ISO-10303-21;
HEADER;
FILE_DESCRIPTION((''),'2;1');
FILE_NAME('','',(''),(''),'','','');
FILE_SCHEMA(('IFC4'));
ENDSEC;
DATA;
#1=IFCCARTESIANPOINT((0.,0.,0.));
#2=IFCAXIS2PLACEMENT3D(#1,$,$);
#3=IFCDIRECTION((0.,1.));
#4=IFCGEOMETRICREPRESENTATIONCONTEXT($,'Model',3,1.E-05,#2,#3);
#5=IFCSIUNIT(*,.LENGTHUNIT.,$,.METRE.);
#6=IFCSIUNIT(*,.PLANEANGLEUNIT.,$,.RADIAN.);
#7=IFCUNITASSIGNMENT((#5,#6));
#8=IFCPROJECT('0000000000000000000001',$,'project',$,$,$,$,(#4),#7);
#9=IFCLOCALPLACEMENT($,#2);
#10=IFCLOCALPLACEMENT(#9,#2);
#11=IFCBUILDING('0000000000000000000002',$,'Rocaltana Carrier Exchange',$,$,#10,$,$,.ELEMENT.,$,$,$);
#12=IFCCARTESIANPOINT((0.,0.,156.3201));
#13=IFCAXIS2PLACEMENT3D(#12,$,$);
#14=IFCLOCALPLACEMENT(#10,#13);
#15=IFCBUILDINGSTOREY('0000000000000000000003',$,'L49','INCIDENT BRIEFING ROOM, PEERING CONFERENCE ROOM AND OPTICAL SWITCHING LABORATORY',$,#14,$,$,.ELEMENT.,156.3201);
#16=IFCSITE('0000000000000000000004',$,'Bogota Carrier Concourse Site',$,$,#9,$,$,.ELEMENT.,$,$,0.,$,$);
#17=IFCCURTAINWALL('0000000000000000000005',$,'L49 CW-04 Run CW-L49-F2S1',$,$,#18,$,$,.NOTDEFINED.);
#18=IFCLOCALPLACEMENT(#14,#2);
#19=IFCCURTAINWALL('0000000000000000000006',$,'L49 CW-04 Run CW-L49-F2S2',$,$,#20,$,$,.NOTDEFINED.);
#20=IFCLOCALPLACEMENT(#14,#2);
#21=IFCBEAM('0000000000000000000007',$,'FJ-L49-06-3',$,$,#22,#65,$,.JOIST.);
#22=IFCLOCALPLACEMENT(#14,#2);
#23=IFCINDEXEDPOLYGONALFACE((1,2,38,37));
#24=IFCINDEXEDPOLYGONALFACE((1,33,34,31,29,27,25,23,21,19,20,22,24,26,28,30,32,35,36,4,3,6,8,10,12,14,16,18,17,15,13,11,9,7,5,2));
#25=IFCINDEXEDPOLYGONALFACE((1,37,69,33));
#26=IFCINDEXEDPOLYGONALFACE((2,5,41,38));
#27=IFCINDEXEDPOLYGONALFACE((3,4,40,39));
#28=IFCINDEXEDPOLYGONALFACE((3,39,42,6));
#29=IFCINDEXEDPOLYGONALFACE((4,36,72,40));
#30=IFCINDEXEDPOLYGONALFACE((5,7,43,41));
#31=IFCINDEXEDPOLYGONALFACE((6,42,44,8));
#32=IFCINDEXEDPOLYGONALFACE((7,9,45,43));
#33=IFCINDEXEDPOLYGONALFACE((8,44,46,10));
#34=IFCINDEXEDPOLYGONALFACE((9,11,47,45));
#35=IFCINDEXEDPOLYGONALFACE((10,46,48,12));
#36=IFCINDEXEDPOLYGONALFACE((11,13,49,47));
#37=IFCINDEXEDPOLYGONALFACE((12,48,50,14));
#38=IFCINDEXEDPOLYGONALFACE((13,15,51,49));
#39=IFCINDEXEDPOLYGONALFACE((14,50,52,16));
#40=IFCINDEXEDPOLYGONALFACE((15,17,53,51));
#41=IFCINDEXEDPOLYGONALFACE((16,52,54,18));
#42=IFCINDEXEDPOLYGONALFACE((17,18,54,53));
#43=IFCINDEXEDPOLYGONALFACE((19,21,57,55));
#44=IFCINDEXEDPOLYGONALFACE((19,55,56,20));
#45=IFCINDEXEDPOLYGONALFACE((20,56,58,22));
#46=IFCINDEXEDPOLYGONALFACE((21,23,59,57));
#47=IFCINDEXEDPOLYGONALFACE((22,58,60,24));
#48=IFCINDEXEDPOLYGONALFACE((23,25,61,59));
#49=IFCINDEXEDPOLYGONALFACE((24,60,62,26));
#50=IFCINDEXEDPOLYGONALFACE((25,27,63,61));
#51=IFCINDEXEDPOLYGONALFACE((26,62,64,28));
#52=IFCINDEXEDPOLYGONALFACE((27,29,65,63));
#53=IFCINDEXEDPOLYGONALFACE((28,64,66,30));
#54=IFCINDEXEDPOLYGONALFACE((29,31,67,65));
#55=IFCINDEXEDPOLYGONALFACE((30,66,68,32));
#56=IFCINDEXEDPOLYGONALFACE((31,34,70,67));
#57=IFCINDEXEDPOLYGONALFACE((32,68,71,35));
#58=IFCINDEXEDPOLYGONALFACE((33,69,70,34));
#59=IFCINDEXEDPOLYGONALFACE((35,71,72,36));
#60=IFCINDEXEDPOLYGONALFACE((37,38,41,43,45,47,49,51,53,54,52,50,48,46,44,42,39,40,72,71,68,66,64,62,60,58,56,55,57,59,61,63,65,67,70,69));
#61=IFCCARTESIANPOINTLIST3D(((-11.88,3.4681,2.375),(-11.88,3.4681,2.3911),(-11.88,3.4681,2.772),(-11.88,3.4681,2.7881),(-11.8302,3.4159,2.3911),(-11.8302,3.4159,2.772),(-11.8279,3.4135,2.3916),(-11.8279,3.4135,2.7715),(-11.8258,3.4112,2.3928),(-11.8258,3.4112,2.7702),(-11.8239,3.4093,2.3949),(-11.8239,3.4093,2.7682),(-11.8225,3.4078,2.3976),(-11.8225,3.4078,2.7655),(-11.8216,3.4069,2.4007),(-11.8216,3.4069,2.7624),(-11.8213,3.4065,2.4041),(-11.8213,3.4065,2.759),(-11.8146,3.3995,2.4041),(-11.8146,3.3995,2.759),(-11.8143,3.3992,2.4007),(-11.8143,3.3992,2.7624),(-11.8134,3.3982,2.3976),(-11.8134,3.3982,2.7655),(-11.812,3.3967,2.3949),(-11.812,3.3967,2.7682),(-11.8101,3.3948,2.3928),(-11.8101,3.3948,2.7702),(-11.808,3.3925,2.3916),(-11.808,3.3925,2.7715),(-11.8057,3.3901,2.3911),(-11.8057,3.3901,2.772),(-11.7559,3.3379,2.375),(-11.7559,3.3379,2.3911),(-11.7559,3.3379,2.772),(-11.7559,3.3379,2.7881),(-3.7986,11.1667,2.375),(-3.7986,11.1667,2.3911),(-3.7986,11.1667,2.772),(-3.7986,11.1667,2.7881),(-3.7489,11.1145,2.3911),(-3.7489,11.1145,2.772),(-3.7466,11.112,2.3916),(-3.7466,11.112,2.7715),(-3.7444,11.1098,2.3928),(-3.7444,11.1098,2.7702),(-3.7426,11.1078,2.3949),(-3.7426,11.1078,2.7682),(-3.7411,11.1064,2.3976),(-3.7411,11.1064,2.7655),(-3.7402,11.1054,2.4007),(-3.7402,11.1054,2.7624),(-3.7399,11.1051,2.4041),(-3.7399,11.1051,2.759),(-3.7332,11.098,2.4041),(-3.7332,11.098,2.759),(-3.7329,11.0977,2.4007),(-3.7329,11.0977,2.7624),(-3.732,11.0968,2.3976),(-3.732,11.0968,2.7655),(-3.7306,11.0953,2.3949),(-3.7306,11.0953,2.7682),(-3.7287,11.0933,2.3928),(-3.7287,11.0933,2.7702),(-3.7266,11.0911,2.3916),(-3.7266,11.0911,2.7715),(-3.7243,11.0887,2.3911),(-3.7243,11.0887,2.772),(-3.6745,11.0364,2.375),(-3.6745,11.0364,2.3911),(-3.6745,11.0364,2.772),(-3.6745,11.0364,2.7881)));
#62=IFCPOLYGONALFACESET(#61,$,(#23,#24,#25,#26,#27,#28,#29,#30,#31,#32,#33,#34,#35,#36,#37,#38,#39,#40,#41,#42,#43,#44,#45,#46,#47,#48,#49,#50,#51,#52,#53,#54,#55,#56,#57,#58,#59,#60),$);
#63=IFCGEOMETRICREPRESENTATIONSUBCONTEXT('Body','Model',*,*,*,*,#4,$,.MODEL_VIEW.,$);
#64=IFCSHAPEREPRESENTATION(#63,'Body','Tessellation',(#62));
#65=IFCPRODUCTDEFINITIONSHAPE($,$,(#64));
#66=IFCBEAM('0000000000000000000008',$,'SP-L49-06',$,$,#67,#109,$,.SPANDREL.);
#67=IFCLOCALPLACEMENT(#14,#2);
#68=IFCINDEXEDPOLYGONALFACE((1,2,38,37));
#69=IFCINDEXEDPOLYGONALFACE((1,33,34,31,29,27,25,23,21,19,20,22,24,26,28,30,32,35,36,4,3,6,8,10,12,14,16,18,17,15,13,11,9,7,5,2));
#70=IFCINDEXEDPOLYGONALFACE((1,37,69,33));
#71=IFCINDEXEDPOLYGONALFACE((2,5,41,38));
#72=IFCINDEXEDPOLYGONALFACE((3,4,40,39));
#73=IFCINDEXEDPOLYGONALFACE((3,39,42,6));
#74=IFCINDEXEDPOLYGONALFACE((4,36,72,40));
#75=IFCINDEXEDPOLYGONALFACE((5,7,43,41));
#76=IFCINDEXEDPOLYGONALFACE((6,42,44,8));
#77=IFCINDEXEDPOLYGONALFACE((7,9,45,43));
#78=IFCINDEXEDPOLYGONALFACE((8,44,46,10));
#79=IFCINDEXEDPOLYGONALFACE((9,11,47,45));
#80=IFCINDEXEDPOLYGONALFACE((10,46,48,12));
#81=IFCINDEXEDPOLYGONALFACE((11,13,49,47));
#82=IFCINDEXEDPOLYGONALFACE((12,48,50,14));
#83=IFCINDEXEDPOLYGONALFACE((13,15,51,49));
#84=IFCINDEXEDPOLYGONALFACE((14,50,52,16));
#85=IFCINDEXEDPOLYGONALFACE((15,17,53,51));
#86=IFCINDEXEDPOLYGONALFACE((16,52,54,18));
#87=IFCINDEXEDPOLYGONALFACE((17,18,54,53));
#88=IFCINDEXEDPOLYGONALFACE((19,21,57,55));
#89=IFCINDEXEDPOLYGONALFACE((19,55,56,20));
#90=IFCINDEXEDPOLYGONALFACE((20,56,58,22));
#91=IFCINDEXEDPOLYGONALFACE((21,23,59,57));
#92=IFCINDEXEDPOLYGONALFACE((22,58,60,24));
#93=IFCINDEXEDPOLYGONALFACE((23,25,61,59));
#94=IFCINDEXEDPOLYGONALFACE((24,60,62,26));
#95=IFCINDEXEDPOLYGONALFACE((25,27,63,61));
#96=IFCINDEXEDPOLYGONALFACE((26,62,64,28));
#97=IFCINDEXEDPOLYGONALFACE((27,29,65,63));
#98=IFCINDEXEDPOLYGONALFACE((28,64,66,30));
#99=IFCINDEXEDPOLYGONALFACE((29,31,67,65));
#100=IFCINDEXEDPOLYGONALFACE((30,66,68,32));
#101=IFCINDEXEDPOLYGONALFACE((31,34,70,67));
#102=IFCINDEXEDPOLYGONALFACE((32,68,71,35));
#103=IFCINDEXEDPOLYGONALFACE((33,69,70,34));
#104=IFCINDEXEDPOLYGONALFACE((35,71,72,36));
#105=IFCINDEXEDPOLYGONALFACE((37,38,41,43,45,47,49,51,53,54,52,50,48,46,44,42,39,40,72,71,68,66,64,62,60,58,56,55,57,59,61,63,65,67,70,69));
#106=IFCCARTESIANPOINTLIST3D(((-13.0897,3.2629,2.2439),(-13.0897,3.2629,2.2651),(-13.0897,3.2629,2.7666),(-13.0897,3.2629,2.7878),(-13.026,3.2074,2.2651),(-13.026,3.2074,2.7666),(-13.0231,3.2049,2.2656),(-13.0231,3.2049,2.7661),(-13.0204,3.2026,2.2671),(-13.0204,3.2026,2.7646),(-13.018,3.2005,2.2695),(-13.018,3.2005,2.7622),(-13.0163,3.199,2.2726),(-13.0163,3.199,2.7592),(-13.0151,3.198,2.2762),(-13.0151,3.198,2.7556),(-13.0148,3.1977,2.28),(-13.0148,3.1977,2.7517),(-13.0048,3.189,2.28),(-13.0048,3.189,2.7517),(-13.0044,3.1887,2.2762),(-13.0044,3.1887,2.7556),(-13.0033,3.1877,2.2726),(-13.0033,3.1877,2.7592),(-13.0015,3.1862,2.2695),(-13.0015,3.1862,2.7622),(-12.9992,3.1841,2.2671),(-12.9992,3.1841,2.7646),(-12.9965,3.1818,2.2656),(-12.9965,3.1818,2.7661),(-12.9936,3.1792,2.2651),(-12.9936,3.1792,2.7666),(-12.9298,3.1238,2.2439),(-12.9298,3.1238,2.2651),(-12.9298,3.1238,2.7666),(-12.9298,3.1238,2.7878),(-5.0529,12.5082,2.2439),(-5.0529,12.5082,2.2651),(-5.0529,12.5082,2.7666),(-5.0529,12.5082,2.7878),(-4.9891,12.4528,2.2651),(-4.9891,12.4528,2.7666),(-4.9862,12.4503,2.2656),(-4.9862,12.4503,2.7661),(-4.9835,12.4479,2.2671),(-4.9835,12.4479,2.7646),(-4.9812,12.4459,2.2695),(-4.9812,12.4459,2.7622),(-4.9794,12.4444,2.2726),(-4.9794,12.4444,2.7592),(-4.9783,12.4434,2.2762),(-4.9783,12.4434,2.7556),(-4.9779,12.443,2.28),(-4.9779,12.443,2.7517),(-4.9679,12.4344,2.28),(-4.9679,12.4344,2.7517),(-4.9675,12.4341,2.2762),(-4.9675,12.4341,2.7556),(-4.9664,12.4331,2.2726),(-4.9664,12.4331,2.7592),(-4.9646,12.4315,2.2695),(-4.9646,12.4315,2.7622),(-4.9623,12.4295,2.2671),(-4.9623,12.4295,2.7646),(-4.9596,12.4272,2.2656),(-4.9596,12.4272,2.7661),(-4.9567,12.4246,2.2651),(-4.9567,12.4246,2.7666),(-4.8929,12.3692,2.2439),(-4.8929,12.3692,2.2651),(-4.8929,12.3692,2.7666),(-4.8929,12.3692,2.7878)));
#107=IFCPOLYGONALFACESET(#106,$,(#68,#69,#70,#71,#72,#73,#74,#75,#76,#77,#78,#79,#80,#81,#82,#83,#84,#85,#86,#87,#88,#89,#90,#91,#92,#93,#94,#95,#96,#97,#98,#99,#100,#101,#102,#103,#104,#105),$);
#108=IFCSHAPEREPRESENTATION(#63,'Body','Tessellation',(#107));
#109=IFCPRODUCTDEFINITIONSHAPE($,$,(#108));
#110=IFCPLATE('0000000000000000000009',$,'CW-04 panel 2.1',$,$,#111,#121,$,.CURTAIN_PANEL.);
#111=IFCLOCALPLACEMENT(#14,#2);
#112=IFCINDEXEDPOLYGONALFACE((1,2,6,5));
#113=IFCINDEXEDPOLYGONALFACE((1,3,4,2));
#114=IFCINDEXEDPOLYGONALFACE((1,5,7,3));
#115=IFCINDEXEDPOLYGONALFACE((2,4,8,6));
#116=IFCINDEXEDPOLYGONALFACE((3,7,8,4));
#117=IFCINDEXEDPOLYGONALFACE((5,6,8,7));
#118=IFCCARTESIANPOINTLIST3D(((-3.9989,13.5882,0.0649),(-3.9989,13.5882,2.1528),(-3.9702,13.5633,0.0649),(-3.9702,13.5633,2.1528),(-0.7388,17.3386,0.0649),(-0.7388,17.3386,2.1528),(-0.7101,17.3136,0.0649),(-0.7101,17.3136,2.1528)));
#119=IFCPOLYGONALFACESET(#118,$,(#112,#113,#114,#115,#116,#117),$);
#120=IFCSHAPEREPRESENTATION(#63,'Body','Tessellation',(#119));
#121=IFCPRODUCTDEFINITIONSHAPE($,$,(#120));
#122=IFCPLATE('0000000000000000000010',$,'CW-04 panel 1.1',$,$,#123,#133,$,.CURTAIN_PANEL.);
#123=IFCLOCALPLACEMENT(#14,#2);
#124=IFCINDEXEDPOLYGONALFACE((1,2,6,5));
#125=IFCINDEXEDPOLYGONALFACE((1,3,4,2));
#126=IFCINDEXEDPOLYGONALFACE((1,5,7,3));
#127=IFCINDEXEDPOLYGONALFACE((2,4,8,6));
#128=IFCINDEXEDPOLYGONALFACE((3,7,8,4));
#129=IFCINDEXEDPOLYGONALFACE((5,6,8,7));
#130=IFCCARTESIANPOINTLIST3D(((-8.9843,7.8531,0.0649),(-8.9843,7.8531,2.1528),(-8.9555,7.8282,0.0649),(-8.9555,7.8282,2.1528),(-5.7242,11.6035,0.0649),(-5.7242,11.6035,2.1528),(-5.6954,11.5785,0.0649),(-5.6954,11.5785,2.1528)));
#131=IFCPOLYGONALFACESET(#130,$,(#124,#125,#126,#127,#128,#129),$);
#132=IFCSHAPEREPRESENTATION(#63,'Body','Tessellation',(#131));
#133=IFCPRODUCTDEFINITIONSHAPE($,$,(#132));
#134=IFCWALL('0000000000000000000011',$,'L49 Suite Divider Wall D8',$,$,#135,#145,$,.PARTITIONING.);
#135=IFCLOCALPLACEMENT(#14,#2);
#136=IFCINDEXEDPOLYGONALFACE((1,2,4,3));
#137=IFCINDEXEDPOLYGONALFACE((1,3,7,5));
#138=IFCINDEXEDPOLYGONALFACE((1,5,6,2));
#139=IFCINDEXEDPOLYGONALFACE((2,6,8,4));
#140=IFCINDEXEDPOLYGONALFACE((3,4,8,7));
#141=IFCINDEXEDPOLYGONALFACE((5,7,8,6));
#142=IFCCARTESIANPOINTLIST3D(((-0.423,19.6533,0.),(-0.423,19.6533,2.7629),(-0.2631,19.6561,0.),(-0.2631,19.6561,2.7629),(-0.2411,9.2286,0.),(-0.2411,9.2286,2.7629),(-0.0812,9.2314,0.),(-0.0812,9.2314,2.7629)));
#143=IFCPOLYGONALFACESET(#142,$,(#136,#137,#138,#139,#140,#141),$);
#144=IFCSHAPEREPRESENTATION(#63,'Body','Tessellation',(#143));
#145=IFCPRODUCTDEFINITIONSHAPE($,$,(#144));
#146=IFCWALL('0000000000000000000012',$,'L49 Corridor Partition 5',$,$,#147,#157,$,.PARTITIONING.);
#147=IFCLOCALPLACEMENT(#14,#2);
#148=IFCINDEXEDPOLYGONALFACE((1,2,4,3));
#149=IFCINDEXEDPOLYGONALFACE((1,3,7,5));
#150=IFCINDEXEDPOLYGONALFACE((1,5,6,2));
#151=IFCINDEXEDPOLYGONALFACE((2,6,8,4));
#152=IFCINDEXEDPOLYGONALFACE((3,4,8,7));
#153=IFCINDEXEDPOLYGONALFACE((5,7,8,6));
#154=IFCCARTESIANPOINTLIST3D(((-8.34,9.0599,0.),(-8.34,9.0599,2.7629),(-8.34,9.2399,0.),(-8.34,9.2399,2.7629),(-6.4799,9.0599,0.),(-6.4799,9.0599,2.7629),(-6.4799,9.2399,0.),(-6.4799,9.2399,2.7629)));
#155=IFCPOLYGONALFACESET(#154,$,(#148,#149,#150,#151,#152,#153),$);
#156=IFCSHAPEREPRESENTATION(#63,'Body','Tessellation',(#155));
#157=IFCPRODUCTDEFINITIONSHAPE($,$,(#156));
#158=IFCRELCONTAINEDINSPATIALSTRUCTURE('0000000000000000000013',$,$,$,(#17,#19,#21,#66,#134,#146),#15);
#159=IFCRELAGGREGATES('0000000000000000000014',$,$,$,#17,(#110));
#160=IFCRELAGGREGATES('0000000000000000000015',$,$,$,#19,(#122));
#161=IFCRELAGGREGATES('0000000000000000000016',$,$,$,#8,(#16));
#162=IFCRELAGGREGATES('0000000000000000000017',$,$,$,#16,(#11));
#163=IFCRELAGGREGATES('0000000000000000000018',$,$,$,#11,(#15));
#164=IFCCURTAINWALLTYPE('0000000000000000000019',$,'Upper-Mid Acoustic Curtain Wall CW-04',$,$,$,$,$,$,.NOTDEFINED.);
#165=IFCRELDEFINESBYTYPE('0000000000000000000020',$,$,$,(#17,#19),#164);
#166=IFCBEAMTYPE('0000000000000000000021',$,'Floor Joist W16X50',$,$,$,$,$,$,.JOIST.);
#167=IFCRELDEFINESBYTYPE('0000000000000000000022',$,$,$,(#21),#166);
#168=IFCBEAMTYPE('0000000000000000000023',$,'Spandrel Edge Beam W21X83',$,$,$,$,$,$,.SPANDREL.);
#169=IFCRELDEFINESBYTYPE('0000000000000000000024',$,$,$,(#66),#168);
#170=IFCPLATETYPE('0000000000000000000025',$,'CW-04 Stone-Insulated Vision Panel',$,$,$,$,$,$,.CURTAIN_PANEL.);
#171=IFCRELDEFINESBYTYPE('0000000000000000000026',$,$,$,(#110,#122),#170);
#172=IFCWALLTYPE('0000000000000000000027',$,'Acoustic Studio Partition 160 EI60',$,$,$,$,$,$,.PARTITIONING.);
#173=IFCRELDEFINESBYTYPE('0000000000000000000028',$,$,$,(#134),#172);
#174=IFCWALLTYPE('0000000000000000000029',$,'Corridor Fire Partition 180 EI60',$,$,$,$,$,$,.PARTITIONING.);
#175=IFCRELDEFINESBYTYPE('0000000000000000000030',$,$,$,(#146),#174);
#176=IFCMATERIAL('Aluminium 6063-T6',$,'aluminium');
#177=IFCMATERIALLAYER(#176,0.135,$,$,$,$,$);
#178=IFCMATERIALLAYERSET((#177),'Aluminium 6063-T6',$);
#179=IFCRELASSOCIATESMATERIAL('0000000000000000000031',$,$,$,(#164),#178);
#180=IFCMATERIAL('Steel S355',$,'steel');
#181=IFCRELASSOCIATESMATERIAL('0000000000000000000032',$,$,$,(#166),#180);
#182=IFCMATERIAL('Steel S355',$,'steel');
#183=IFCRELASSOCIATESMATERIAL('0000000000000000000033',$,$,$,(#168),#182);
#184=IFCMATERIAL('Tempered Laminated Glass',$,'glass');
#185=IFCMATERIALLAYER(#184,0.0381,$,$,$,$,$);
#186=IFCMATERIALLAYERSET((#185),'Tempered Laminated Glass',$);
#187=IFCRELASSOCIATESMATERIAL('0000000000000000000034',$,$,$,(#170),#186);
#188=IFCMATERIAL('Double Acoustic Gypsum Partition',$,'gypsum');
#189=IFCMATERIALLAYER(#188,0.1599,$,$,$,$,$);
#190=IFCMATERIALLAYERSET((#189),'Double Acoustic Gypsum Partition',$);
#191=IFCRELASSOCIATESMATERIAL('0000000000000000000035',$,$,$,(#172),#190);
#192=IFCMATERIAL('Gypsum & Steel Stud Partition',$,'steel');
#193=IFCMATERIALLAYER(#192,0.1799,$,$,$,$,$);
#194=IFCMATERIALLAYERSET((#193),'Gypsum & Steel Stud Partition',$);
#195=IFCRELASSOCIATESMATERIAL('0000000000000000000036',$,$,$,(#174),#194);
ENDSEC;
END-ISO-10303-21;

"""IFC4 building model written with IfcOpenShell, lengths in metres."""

from ifc_helpers import new_model, si_unit, direction, frame, frame_2d, origin, origin_2d, place, context, subcontext, project, spatial, rectangle, i_section, extrude, material, layer, layer_set, material_profile, profile_set, type_object, element, aggregate, save


model = new_model("IFC4")

# Units and contexts
model_context = context("Model", 3, precision=1e-05, world=origin(), true_north=direction((0.0, 1.0)))
body_context = subcontext(model_context, "Body", "Model", "MODEL_VIEW")
ifc_project = project(units=[si_unit("LENGTHUNIT", "METRE"), si_unit("PLANEANGLEUNIT", "RADIAN")], contexts=[model_context])

# Site, building, storey
site_placement = place(None, origin())
site = spatial("IfcSite", under=ifc_project, at=site_placement, Name="Bogota Carrier Concourse Site", CompositionType="ELEMENT", RefElevation=0.0)
building_placement = place(site_placement, origin())
building = spatial("IfcBuilding", under=site, at=building_placement, Name="Rocaltana Carrier Exchange", CompositionType="ELEMENT")
storey_placement = place(building_placement, frame((0.0, 0.0, 156.3201)))
storey = spatial("IfcBuildingStorey", under=building, at=storey_placement, Name="L49", Description="INCIDENT BRIEFING ROOM, PEERING CONFERENCE ROOM AND OPTICAL SWITCHING LABORATORY", CompositionType="ELEMENT", Elevation=156.3201)

# Curtain wall
ifc_material_1 = material(Name="Aluminium 6063-T6", Category="aluminium")
ifc_layer_1 = layer(ifc_material_1, 0.135)
ifc_layer_set_1 = layer_set([ifc_layer_1], Name="Aluminium 6063-T6")
curtain_wall_type = type_object("IfcCurtainWallType", Name="Upper-Mid Acoustic Curtain Wall CW-04", PredefinedType="NOTDEFINED", material=ifc_layer_set_1)
curtain_wall_1_placement = place(storey_placement, origin())
curtain_wall_1 = element("IfcCurtainWall", 1, at=curtain_wall_1_placement, inside=storey, type_object=curtain_wall_type, Name="L49 CW-04 Run CW-L49-F2S1", PredefinedType="NOTDEFINED")

# Curtain wall
curtain_wall_2_placement = place(storey_placement, origin())
curtain_wall_2 = element("IfcCurtainWall", 2, at=curtain_wall_2_placement, inside=storey, type_object=curtain_wall_type, Name="L49 CW-04 Run CW-L49-F2S2", PredefinedType="NOTDEFINED")

# Beams
ifc_material_2 = material(Name="Steel S355", Category="steel")
ifc_material_profile_1 = material_profile(ifc_material_2, i_section(OverallWidth=0.1799, OverallDepth=0.4131, WebThickness=0.0098, FlangeThickness=0.0161, FilletRadius=0.0129, at=origin_2d()), Name="W16X50")
ifc_profile_set_1 = profile_set([ifc_material_profile_1], Name="Steel S355")
beam_type_1 = type_object("IfcBeamType", Name="Floor Joist W16X50", PredefinedType="JOIST", material=ifc_profile_set_1)
beam_1_placement = place(storey_placement, frame((-3.7366, 11.1016, 2.5815), z_axis=(-0.724048, -0.68975, 0.0), x_axis=(0.68975, -0.724048, 0.0)))
element("IfcBeam", 3, at=beam_1_placement, inside=storey, type_object=beam_type_1, Name="FJ-L49-06-3", PredefinedType="JOIST", context=body_context, shape_type="SweptSolid", body=[
    extrude(i_section(OverallWidth=0.1799, OverallDepth=0.4131, WebThickness=0.0098, FlangeThickness=0.0161, FilletRadius=0.0129, at=origin_2d()), origin(), (0.0, 0.0, 1.0), 11.1614),
])
ifc_material_3 = material(Name="Steel S355", Category="steel")
ifc_material_profile_2 = material_profile(ifc_material_3, i_section(OverallWidth=0.2119, OverallDepth=0.5439, WebThickness=0.0132, FlangeThickness=0.0212, FilletRadius=0.0149, at=origin_2d()), Name="W21X83")
ifc_profile_set_2 = profile_set([ifc_material_profile_2], Name="Steel S355")
beam_type_2 = type_object("IfcBeamType", Name="Spandrel Edge Beam W21X83", PredefinedType="SPANDREL", material=ifc_profile_set_2)
beam_2_placement = place(storey_placement, frame((-4.9729, 12.4387, 2.5159), z_axis=(-0.656059, -0.75471, 0.0), x_axis=(0.75471, -0.656059, 0.0)))
element("IfcBeam", 4, at=beam_2_placement, inside=storey, type_object=beam_type_2, Name="SP-L49-06", PredefinedType="SPANDREL", context=body_context, shape_type="SweptSolid", body=[
    extrude(i_section(OverallWidth=0.2119, OverallDepth=0.5439, WebThickness=0.0132, FlangeThickness=0.0212, FilletRadius=0.0149, at=origin_2d()), origin(), (0.0, 0.0, 1.0), 12.2502),
])

# Plates
ifc_material_4 = material(Name="Tempered Laminated Glass", Category="glass")
ifc_layer_2 = layer(ifc_material_4, 0.0381)
ifc_layer_set_2 = layer_set([ifc_layer_2], Name="Tempered Laminated Glass")
plate_type = type_object("IfcPlateType", Name="CW-04 Stone-Insulated Vision Panel", PredefinedType="CURTAIN_PANEL", material=ifc_layer_set_2)
plate_1_placement = place(storey_placement, frame((-2.3545, 15.4509, 0.0649), z_axis=(0.0, 0.0, 1.0), x_axis=(-0.656057, -0.754712, 0.0)))
plate_1 = element("IfcPlate", 5, at=plate_1_placement, type_object=plate_type, Name="CW-04 panel 2.1", PredefinedType="CURTAIN_PANEL", context=body_context, shape_type="SweptSolid", body=[
    extrude(rectangle(XDim=4.9692, YDim=0.0381, at=origin_2d()), origin(), (0.0, 0.0, 1.0), 2.0879),
])
aggregate(curtain_wall_1, [plate_1])
plate_2_placement = place(storey_placement, frame((-7.3398, 9.7158, 0.0649), z_axis=(0.0, 0.0, 1.0), x_axis=(-0.656057, -0.754712, 0.0)))
plate_2 = element("IfcPlate", 6, at=plate_2_placement, type_object=plate_type, Name="CW-04 panel 1.1", PredefinedType="CURTAIN_PANEL", context=body_context, shape_type="SweptSolid", body=[
    extrude(rectangle(XDim=4.9692, YDim=0.0381, at=origin_2d()), origin(), (0.0, 0.0, 1.0), 2.0879),
])
aggregate(curtain_wall_2, [plate_2])

# Walls
ifc_material_5 = material(Name="Double Acoustic Gypsum Partition", Category="gypsum")
ifc_layer_3 = layer(ifc_material_5, 0.1599)
ifc_layer_set_3 = layer_set([ifc_layer_3], Name="Double Acoustic Gypsum Partition")
wall_type_1 = type_object("IfcWallType", Name="Acoustic Studio Partition 160 EI60", PredefinedType="PARTITIONING", material=ifc_layer_set_3)
wall_1_placement = place(storey_placement, frame((-0.1611, 9.23, 0.0), z_axis=(0.0, 0.0, 1.0), x_axis=(-0.017445, 0.999848, 0.0)))
element("IfcWall", 7, at=wall_1_placement, inside=storey, type_object=wall_type_1, Name="L49 Suite Divider Wall D8", PredefinedType="PARTITIONING", context=body_context, shape_type="SweptSolid", body=[
    extrude(rectangle(XDim=10.4263, YDim=0.1599, at=frame_2d((5.2131, 0.0))), origin(), (0.0, 0.0, 1.0), 2.7629),
])
ifc_material_6 = material(Name="Gypsum & Steel Stud Partition", Category="steel")
ifc_layer_4 = layer(ifc_material_6, 0.1799)
ifc_layer_set_4 = layer_set([ifc_layer_4], Name="Gypsum & Steel Stud Partition")
wall_type_2 = type_object("IfcWallType", Name="Corridor Fire Partition 180 EI60", PredefinedType="PARTITIONING", material=ifc_layer_set_4)
wall_2_placement = place(storey_placement, frame((-8.3401, 9.1499, 0.0), z_axis=(0.0, 0.0, 1.0), x_axis=(1.0, 0.0, 0.0)))
element("IfcWall", 8, at=wall_2_placement, inside=storey, type_object=wall_type_2, Name="L49 Corridor Partition 5", PredefinedType="PARTITIONING", context=body_context, shape_type="SweptSolid", body=[
    extrude(rectangle(XDim=1.8601, YDim=0.1799, at=frame_2d((0.9302, 0.0))), origin(), (0.0, 0.0, 1.0), 2.7629),
])

save(model, "model.ifc")
